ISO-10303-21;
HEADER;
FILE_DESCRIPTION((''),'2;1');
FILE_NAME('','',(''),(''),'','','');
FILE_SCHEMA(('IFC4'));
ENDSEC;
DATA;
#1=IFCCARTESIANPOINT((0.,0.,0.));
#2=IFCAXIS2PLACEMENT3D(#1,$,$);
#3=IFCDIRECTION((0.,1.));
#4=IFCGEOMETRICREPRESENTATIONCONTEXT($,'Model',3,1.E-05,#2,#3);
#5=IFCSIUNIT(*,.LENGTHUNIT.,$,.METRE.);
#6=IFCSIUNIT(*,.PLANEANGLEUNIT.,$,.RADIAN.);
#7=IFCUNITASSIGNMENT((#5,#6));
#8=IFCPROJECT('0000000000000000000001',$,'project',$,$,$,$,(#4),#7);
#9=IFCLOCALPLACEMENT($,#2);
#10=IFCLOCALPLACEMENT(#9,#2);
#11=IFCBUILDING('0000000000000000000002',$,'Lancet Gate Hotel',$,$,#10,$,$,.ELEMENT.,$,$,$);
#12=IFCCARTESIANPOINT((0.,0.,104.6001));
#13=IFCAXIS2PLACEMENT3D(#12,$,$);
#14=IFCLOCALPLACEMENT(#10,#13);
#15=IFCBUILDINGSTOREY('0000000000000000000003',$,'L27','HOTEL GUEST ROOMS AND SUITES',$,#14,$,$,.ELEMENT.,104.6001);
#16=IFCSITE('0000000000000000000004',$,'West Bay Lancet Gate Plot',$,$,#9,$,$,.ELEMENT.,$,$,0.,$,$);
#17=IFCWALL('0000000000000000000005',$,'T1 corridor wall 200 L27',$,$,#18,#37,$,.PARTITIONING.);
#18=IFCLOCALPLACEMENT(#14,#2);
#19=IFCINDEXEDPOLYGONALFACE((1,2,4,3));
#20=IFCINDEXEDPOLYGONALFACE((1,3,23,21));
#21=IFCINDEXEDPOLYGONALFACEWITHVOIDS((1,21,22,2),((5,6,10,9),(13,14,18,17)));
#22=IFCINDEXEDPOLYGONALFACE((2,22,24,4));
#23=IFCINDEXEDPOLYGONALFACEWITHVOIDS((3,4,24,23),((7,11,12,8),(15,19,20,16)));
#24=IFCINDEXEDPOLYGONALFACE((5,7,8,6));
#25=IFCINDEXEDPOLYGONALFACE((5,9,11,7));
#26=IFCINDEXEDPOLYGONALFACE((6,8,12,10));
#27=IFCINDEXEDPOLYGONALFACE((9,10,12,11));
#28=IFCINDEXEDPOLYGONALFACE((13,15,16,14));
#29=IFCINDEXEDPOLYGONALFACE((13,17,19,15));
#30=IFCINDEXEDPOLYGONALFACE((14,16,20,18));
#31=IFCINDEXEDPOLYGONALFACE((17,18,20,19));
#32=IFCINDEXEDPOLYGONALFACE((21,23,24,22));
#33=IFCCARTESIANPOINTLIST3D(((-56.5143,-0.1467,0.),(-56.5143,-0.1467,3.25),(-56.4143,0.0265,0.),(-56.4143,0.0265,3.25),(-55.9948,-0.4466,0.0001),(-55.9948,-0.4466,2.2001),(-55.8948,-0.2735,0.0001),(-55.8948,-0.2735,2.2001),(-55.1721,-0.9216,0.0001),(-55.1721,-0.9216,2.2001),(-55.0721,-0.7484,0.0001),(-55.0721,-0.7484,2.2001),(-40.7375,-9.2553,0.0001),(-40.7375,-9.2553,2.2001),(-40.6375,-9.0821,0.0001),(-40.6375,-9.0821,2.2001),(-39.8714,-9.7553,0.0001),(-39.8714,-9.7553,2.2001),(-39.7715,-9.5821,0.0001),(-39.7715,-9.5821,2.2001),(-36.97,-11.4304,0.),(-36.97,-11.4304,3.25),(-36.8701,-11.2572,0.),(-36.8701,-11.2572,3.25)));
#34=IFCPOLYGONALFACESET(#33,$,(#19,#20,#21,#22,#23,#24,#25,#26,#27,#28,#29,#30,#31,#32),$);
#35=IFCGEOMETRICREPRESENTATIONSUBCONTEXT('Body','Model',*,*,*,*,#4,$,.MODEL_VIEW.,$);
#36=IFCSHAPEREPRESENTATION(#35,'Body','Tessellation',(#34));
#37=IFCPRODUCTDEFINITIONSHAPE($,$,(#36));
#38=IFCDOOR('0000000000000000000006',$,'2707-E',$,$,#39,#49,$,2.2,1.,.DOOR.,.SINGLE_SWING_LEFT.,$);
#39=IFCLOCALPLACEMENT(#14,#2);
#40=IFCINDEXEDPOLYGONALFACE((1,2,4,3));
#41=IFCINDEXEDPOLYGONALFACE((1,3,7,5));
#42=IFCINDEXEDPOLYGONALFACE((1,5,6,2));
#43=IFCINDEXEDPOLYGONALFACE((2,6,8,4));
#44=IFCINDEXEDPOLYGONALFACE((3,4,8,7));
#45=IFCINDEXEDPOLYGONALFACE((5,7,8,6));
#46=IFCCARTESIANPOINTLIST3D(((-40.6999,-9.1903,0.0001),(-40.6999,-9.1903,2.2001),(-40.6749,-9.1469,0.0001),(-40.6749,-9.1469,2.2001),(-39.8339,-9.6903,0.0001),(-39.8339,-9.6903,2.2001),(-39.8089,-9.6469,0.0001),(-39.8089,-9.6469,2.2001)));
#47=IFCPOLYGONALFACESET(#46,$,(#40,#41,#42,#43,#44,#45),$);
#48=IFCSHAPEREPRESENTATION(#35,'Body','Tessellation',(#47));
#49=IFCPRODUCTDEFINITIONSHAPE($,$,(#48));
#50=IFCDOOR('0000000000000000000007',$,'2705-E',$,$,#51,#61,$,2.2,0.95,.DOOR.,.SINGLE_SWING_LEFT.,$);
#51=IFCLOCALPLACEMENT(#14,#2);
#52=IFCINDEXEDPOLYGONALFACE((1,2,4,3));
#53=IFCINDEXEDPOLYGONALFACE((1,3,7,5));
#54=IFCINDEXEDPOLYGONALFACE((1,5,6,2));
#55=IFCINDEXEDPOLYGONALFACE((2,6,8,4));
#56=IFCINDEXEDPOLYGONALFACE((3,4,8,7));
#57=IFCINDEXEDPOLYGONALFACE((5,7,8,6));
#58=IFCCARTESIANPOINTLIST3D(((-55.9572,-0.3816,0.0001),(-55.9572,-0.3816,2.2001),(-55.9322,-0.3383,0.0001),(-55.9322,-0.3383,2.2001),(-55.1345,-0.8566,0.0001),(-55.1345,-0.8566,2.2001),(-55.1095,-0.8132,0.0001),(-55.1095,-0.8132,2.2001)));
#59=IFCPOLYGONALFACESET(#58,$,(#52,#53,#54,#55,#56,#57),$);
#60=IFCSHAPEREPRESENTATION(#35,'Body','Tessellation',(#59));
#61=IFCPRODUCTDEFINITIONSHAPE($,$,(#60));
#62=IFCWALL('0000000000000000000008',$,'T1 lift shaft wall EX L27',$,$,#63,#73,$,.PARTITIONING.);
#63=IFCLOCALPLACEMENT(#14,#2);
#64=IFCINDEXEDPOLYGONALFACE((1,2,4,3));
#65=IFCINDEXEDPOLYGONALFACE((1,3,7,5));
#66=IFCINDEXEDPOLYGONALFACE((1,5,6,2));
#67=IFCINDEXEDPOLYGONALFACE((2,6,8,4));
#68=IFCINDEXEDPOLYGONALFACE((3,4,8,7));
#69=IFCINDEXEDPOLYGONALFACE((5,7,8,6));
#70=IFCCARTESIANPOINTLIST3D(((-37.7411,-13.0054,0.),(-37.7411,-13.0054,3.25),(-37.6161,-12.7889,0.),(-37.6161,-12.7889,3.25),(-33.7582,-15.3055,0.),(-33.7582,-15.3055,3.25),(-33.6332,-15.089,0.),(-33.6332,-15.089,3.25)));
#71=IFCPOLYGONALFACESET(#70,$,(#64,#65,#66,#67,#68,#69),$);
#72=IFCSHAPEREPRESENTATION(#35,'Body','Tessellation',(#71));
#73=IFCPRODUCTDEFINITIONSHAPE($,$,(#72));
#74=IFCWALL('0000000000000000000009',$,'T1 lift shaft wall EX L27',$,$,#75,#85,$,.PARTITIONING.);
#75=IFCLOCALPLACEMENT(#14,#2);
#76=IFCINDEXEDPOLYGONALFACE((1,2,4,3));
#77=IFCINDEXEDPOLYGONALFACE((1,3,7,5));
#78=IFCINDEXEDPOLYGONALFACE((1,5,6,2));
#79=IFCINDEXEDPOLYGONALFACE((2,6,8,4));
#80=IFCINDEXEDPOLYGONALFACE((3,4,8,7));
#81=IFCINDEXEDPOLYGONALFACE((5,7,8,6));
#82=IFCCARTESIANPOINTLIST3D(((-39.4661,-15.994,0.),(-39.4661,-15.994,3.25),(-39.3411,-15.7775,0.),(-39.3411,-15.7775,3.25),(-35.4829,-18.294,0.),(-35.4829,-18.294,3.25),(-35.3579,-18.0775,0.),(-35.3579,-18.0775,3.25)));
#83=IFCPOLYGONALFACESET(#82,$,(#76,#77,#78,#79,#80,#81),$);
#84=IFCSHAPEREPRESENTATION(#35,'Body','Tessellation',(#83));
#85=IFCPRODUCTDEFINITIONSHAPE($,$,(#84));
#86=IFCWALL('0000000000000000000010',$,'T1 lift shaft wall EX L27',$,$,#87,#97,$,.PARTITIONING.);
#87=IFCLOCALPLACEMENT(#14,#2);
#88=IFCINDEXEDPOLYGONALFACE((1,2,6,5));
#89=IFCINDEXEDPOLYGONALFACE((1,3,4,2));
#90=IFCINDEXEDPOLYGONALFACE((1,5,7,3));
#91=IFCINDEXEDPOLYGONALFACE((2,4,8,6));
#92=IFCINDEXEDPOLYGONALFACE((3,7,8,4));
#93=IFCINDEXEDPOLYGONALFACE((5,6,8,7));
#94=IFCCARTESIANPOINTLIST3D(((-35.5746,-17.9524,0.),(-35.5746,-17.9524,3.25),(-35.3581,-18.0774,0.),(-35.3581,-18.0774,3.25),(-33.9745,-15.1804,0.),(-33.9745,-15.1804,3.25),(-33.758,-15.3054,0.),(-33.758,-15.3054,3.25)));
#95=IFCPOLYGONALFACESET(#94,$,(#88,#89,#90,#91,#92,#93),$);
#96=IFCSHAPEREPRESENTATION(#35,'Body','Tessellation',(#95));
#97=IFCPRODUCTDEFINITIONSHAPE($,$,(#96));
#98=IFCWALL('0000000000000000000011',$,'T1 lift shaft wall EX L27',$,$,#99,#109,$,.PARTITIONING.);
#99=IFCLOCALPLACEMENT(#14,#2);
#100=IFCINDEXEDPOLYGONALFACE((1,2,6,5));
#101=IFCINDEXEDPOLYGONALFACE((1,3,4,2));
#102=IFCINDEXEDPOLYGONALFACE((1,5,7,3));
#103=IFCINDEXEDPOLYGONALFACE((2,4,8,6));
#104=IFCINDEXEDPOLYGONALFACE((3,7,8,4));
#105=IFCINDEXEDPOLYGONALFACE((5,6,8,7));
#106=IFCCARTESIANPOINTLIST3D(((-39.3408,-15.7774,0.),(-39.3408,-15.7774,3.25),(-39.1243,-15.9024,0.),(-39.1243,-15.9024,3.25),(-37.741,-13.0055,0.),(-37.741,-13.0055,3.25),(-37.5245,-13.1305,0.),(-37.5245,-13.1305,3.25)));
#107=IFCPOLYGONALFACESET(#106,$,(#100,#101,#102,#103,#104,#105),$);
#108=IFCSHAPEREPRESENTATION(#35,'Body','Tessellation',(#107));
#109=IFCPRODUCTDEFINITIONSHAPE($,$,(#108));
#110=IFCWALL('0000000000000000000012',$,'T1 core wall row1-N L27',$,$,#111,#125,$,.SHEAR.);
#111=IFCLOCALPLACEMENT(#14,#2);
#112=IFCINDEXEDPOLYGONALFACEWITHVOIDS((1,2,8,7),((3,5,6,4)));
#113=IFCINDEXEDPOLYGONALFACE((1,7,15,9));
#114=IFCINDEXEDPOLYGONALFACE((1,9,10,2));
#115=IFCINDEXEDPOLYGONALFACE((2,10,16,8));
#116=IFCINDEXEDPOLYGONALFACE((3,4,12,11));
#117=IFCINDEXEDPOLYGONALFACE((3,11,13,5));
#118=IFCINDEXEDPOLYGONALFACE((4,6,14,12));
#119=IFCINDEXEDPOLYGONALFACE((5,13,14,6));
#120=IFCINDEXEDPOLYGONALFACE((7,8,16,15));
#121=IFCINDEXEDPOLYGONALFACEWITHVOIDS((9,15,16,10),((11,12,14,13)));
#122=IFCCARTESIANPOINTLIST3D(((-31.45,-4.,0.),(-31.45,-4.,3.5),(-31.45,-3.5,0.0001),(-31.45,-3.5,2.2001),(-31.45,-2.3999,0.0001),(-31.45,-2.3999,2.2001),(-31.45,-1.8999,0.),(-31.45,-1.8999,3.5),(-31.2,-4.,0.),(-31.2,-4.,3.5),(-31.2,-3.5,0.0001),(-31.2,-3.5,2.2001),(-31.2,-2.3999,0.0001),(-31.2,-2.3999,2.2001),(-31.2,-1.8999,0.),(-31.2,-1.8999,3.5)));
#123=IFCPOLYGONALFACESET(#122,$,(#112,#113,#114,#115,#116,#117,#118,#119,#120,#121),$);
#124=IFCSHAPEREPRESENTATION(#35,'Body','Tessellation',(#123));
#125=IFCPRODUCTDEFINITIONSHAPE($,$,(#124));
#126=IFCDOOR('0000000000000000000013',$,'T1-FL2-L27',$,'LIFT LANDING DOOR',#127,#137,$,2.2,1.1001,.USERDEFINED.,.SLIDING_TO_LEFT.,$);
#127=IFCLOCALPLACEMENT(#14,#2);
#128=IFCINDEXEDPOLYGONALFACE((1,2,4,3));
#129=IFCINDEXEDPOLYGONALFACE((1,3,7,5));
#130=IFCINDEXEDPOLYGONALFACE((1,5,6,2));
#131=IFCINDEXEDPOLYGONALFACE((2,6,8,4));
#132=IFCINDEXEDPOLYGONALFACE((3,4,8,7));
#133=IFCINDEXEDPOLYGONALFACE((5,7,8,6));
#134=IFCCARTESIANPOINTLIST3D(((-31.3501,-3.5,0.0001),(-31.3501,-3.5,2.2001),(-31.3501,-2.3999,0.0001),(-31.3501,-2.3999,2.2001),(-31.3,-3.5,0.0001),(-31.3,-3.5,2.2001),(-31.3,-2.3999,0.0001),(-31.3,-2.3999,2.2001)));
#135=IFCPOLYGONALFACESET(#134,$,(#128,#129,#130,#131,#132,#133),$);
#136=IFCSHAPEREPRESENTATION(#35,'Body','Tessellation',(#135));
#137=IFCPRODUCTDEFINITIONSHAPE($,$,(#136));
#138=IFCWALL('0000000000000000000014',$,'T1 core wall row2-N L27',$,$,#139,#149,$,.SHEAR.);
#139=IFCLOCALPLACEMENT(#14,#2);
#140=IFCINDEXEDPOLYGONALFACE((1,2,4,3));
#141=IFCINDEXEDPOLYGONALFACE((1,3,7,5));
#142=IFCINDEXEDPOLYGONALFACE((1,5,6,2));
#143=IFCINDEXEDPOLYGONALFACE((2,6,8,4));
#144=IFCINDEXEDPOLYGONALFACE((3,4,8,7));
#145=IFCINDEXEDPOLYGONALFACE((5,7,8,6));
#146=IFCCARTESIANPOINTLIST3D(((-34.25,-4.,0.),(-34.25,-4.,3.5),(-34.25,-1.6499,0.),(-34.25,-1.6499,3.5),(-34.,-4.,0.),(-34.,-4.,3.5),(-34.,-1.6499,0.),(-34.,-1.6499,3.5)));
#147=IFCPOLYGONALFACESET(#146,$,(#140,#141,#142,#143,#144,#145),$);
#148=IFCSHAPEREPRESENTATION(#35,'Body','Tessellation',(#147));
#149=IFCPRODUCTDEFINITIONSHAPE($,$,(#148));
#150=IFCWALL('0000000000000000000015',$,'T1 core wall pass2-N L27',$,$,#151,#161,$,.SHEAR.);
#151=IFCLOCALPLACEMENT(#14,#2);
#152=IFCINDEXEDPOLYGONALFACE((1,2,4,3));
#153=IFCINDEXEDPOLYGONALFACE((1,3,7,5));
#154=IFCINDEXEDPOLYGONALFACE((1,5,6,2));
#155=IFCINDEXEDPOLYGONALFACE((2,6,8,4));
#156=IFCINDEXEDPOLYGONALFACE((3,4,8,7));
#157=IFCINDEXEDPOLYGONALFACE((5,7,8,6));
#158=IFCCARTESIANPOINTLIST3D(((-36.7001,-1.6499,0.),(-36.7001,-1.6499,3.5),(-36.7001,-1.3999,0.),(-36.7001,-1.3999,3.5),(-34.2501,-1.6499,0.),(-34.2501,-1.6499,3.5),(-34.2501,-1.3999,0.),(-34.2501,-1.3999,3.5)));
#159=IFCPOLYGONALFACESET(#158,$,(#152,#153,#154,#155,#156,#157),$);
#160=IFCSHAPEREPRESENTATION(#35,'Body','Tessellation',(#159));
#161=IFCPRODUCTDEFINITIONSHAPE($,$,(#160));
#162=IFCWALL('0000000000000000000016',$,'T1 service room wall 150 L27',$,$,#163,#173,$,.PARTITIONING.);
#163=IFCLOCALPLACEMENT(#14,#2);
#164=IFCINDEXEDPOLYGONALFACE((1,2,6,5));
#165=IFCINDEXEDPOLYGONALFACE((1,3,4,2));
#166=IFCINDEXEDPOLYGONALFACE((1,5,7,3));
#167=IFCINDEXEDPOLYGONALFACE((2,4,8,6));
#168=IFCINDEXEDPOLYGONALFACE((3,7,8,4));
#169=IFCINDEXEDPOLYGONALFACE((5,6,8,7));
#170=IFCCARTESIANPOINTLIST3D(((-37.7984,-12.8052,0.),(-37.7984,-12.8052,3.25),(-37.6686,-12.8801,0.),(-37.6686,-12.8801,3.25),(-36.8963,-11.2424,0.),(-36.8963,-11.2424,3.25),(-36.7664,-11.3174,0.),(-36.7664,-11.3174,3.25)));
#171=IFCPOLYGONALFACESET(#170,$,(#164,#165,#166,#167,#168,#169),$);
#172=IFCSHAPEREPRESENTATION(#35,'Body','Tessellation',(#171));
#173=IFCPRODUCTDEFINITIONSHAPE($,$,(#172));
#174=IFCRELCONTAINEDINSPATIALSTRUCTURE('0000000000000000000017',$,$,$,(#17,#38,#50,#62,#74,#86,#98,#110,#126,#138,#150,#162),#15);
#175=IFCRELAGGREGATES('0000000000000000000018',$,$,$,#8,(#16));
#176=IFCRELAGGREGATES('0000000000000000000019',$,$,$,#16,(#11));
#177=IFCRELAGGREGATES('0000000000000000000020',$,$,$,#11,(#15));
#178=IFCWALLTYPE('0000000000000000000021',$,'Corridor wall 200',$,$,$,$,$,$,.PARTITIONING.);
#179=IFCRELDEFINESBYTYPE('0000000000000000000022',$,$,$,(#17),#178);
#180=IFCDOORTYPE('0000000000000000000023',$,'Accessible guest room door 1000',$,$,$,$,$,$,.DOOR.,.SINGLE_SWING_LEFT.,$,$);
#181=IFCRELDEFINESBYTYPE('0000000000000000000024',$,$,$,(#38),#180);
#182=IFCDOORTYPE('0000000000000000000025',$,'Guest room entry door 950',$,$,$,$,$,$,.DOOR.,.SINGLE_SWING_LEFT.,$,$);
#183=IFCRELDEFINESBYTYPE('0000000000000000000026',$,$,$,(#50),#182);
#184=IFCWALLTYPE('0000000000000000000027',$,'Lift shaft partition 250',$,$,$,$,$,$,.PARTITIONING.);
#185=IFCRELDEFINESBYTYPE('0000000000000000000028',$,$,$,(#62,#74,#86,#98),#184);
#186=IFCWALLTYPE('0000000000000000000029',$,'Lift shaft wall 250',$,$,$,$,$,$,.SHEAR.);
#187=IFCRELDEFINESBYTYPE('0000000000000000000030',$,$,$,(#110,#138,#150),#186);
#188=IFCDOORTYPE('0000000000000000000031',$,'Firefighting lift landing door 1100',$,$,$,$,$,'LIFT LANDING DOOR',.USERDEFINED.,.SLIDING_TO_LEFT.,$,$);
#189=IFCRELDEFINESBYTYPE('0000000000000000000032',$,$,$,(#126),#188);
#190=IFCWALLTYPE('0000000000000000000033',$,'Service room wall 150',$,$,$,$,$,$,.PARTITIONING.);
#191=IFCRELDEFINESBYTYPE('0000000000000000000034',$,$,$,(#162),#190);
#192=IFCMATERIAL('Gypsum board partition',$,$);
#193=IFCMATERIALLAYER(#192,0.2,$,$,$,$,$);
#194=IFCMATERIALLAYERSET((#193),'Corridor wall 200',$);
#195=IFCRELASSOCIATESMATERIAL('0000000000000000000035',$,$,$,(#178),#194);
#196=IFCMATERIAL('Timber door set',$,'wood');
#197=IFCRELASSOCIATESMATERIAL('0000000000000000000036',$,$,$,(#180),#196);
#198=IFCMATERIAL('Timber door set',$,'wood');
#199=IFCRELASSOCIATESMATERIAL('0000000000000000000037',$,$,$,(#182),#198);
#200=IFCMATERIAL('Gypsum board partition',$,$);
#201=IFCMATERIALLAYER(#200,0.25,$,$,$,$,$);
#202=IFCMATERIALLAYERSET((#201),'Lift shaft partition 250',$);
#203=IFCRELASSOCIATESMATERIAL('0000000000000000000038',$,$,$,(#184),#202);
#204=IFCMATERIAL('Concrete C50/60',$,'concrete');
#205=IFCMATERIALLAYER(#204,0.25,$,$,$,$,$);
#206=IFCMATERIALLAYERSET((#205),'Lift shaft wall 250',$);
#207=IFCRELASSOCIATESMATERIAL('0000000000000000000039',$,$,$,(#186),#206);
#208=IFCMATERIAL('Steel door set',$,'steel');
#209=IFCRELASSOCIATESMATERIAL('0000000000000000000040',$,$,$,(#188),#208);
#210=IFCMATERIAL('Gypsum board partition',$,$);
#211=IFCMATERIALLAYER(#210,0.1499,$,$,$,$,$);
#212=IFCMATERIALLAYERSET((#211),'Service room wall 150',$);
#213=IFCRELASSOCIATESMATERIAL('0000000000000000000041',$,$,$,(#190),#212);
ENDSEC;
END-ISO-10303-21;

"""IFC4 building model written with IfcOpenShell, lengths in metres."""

from ifc_helpers import new_model, si_unit, direction, frame, frame_2d, origin, place, context, subcontext, project, spatial, rectangle, extrude, material, layer, layer_set, type_object, element, fill, save


model = new_model("IFC4")

# Units and contexts
model_context = context("Model", 3, precision=1e-05, world=origin(), true_north=direction((0.0, 1.0)))
body_context = subcontext(model_context, "Body", "Model", "MODEL_VIEW")
ifc_project = project(units=[si_unit("LENGTHUNIT", "METRE"), si_unit("PLANEANGLEUNIT", "RADIAN")], contexts=[model_context])

# Site, building, storey
site_placement = place(None, origin())
site = spatial("IfcSite", under=ifc_project, at=site_placement, Name="West Bay Lancet Gate Plot", CompositionType="ELEMENT", RefElevation=0.0)
building_placement = place(site_placement, origin())
building = spatial("IfcBuilding", under=site, at=building_placement, Name="Lancet Gate Hotel", CompositionType="ELEMENT")
storey_placement = place(building_placement, frame((0.0, 0.0, 104.6001)))
storey = spatial("IfcBuildingStorey", under=building, at=storey_placement, Name="L27", Description="HOTEL GUEST ROOMS AND SUITES", CompositionType="ELEMENT", Elevation=104.6001)

# Wall, openings, doors
ifc_material_1 = material(Name="Gypsum board partition")
ifc_layer_1 = layer(ifc_material_1, 0.2)
ifc_layer_set_1 = layer_set([ifc_layer_1], Name="Corridor wall 200")
wall_type_1 = type_object("IfcWallType", Name="Corridor wall 200", PredefinedType="PARTITIONING", material=ifc_layer_set_1)
wall_1_placement = place(storey_placement, frame((-36.9202, -11.3438, 0.0), z_axis=(0.0, 0.0, 1.0), x_axis=(-0.866028, 0.499995, 0.0)))
wall_1 = element("IfcWall", 1, at=wall_1_placement, inside=storey, type_object=wall_type_1, Name="T1 corridor wall 200 L27", PredefinedType="PARTITIONING", context=body_context, shape_type="SweptSolid", body=[
    extrude(rectangle(XDim=22.5676, YDim=0.2, at=frame_2d((11.2837, 0.0))), origin(), (0.0, 0.0, 1.0), 3.25),
])
opening_1_placement = place(wall_1_placement, frame((21.0176, 0.0, 0.0)))
opening_1 = element("IfcOpeningElement", 2, at=opening_1_placement, cuts=wall_1, PredefinedType="OPENING", context=body_context, shape_type="SweptSolid", body=[
    extrude(rectangle(XDim=0.95, YDim=2.2, at=frame_2d((0.4751, 1.1001))), frame((0.0, 0.1099, 0.0), z_axis=(0.0, -1.0, 0.0), x_axis=(1.0, 0.0, 0.0)), (0.0, 0.0, 1.0), 0.22),
])
opening_2_placement = place(wall_1_placement, frame((3.3501, 0.0, 0.0)))
opening_2 = element("IfcOpeningElement", 3, at=opening_2_placement, cuts=wall_1, PredefinedType="OPENING", context=body_context, shape_type="SweptSolid", body=[
    extrude(rectangle(XDim=1.0, YDim=2.2, at=frame_2d((0.5, 1.1001))), frame((0.0, 0.1099, 0.0), z_axis=(0.0, -1.0, 0.0), x_axis=(1.0, 0.0, 0.0)), (0.0, 0.0, 1.0), 0.22),
])
ifc_material_2 = material(Name="Timber door set", Category="wood")
door_type_1 = type_object("IfcDoorType", Name="Accessible guest room door 1000", OperationType="SINGLE_SWING_LEFT", PredefinedType="DOOR", material=ifc_material_2)
door_1_placement = place(opening_2_placement, origin())
door_1 = element("IfcDoor", 4, at=door_1_placement, inside=storey, type_object=door_type_1, Name="2707-E", OperationType="SINGLE_SWING_LEFT", OverallHeight=2.2, OverallWidth=1.0, PredefinedType="DOOR", context=body_context, shape_type="SweptSolid", body=[
    extrude(rectangle(XDim=1.0, YDim=2.2, at=frame_2d((0.5, 1.1001))), frame((0.0, 0.0249, 0.0), z_axis=(0.0, -1.0, 0.0), x_axis=(1.0, 0.0, 0.0)), (0.0, 0.0, 1.0), 0.05),
])
fill(opening_2, door_1)
ifc_material_3 = material(Name="Timber door set", Category="wood")
door_type_2 = type_object("IfcDoorType", Name="Guest room entry door 950", OperationType="SINGLE_SWING_LEFT", PredefinedType="DOOR", material=ifc_material_3)
door_2_placement = place(opening_1_placement, origin())
door_2 = element("IfcDoor", 5, at=door_2_placement, inside=storey, type_object=door_type_2, Name="2705-E", OperationType="SINGLE_SWING_LEFT", OverallHeight=2.2, OverallWidth=0.95, PredefinedType="DOOR", context=body_context, shape_type="SweptSolid", body=[
    extrude(rectangle(XDim=0.95, YDim=2.2, at=frame_2d((0.4751, 1.1001))), frame((0.0, 0.0249, 0.0), z_axis=(0.0, -1.0, 0.0), x_axis=(1.0, 0.0, 0.0)), (0.0, 0.0, 1.0), 0.05),
])
fill(opening_1, door_2)

# Walls
ifc_material_4 = material(Name="Gypsum board partition")
ifc_layer_2 = layer(ifc_material_4, 0.25)
ifc_layer_set_2 = layer_set([ifc_layer_2], Name="Lift shaft partition 250")
wall_type_2 = type_object("IfcWallType", Name="Lift shaft partition 250", PredefinedType="PARTITIONING", material=ifc_layer_set_2)
wall_2_placement = place(storey_placement, frame((-33.6956, -15.1973, 0.0), z_axis=(0.0, 0.0, 1.0), x_axis=(-0.865977, 0.500084, 0.0)))
element("IfcWall", 6, at=wall_2_placement, inside=storey, type_object=wall_type_2, Name="T1 lift shaft wall EX L27", PredefinedType="PARTITIONING", context=body_context, shape_type="SweptSolid", body=[
    extrude(rectangle(XDim=4.5994, YDim=0.25, at=frame_2d((2.2998, 0.0))), origin(), (0.0, 0.0, 1.0), 3.25),
])
wall_3_placement = place(storey_placement, frame((-35.4204, -18.1858, 0.0), z_axis=(0.0, 0.0, 1.0), x_axis=(-0.86599, 0.500061, 0.0)))
element("IfcWall", 7, at=wall_3_placement, inside=storey, type_object=wall_type_2, Name="T1 lift shaft wall EX L27", PredefinedType="PARTITIONING", context=body_context, shape_type="SweptSolid", body=[
    extrude(rectangle(XDim=4.5996, YDim=0.25, at=frame_2d((2.2998, 0.0))), origin(), (0.0, 0.0, 1.0), 3.25),
])
wall_4_placement = place(storey_placement, frame((-33.8662, -15.2429, 0.0), z_axis=(0.0, 0.0, 1.0), x_axis=(-0.499929, -0.866066, 0.0)))
element("IfcWall", 8, at=wall_4_placement, inside=storey, type_object=wall_type_2, Name="T1 lift shaft wall EX L27", PredefinedType="PARTITIONING", context=body_context, shape_type="SweptSolid", body=[
    extrude(rectangle(XDim=3.2007, YDim=0.25, at=frame_2d((1.6003, 0.0))), origin(), (0.0, 0.0, 1.0), 3.25),
])
wall_5_placement = place(storey_placement, frame((-37.6328, -13.0681, 0.0), z_axis=(0.0, 0.0, 1.0), x_axis=(-0.499872, -0.866099, 0.0)))
element("IfcWall", 9, at=wall_5_placement, inside=storey, type_object=wall_type_2, Name="T1 lift shaft wall EX L27", PredefinedType="PARTITIONING", context=body_context, shape_type="SweptSolid", body=[
    extrude(rectangle(XDim=3.2004, YDim=0.25, at=frame_2d((1.6001, 0.0))), origin(), (0.0, 0.0, 1.0), 3.25),
])

# Wall, opening, door
ifc_material_5 = material(Name="Concrete C50/60", Category="concrete")
ifc_layer_3 = layer(ifc_material_5, 0.25)
ifc_layer_set_3 = layer_set([ifc_layer_3], Name="Lift shaft wall 250")
wall_type_3 = type_object("IfcWallType", Name="Lift shaft wall 250", PredefinedType="SHEAR", material=ifc_layer_set_3)
wall_6_placement = place(storey_placement, frame((-31.325, -1.8999, 0.0), z_axis=(0.0, 0.0, 1.0), x_axis=(0.0, -1.0, 0.0)))
wall_6 = element("IfcWall", 10, at=wall_6_placement, inside=storey, type_object=wall_type_3, Name="T1 core wall row1-N L27", PredefinedType="SHEAR", context=body_context, shape_type="SweptSolid", body=[
    extrude(rectangle(XDim=2.1001, YDim=0.25, at=frame_2d((1.05, 0.0))), origin(), (0.0, 0.0, 1.0), 3.5),
])
opening_3_placement = place(wall_6_placement, frame((0.5, 0.0, 0.0)))
opening_3 = element("IfcOpeningElement", 11, at=opening_3_placement, cuts=wall_6, PredefinedType="OPENING", context=body_context, shape_type="SweptSolid", body=[
    extrude(rectangle(XDim=1.1001, YDim=2.2, at=frame_2d((0.55, 1.1001))), frame((0.0, 0.135, 0.0), z_axis=(0.0, -1.0, 0.0), x_axis=(1.0, 0.0, 0.0)), (0.0, 0.0, 1.0), 0.27),
])
ifc_material_6 = material(Name="Steel door set", Category="steel")
door_type_3 = type_object("IfcDoorType", Name="Firefighting lift landing door 1100", ElementType="LIFT LANDING DOOR", OperationType="SLIDING_TO_LEFT", PredefinedType="USERDEFINED", material=ifc_material_6)
door_3_placement = place(opening_3_placement, origin())
door_3 = element("IfcDoor", 12, at=door_3_placement, inside=storey, type_object=door_type_3, Name="T1-FL2-L27", ObjectType="LIFT LANDING DOOR", OperationType="SLIDING_TO_LEFT", OverallHeight=2.2, OverallWidth=1.1001, PredefinedType="USERDEFINED", context=body_context, shape_type="SweptSolid", body=[
    extrude(rectangle(XDim=1.1001, YDim=2.2, at=frame_2d((0.55, 1.1001))), frame((0.0, 0.0249, 0.0), z_axis=(0.0, -1.0, 0.0), x_axis=(1.0, 0.0, 0.0)), (0.0, 0.0, 1.0), 0.05),
])
fill(opening_3, door_3)

# Walls
wall_7_placement = place(storey_placement, frame((-34.125, -1.6499, 0.0), z_axis=(0.0, 0.0, 1.0), x_axis=(0.0, -1.0, 0.0)))
element("IfcWall", 13, at=wall_7_placement, inside=storey, type_object=wall_type_3, Name="T1 core wall row2-N L27", PredefinedType="SHEAR", context=body_context, shape_type="SweptSolid", body=[
    extrude(rectangle(XDim=2.3501, YDim=0.25, at=frame_2d((1.175, 0.0))), origin(), (0.0, 0.0, 1.0), 3.5),
])
wall_8_placement = place(storey_placement, frame((-34.25, -1.5249, 0.0), z_axis=(0.0, 0.0, 1.0), x_axis=(-1.0, 0.0, 0.0)))
element("IfcWall", 14, at=wall_8_placement, inside=storey, type_object=wall_type_3, Name="T1 core wall pass2-N L27", PredefinedType="SHEAR", context=body_context, shape_type="SweptSolid", body=[
    extrude(rectangle(XDim=2.45, YDim=0.25, at=frame_2d((1.2251, 0.0))), origin(), (0.0, 0.0, 1.0), 3.5),
])
ifc_material_7 = material(Name="Gypsum board partition")
ifc_layer_4 = layer(ifc_material_7, 0.1499)
ifc_layer_set_4 = layer_set([ifc_layer_4], Name="Service room wall 150")
wall_type_4 = type_object("IfcWallType", Name="Service room wall 150", PredefinedType="PARTITIONING", material=ifc_layer_set_4)
wall_9_placement = place(storey_placement, frame((-36.8313, -11.2798, 0.0), z_axis=(0.0, 0.0, 1.0), x_axis=(-0.499937, -0.866062, 0.0)))
element("IfcWall", 15, at=wall_9_placement, inside=storey, type_object=wall_type_4, Name="T1 service room wall 150 L27", PredefinedType="PARTITIONING", context=body_context, shape_type="SweptSolid", body=[
    extrude(rectangle(XDim=1.8044, YDim=0.1499, at=frame_2d((0.9023, 0.0))), origin(), (0.0, 0.0, 1.0), 3.25),
])

save(model, "model.ifc")
